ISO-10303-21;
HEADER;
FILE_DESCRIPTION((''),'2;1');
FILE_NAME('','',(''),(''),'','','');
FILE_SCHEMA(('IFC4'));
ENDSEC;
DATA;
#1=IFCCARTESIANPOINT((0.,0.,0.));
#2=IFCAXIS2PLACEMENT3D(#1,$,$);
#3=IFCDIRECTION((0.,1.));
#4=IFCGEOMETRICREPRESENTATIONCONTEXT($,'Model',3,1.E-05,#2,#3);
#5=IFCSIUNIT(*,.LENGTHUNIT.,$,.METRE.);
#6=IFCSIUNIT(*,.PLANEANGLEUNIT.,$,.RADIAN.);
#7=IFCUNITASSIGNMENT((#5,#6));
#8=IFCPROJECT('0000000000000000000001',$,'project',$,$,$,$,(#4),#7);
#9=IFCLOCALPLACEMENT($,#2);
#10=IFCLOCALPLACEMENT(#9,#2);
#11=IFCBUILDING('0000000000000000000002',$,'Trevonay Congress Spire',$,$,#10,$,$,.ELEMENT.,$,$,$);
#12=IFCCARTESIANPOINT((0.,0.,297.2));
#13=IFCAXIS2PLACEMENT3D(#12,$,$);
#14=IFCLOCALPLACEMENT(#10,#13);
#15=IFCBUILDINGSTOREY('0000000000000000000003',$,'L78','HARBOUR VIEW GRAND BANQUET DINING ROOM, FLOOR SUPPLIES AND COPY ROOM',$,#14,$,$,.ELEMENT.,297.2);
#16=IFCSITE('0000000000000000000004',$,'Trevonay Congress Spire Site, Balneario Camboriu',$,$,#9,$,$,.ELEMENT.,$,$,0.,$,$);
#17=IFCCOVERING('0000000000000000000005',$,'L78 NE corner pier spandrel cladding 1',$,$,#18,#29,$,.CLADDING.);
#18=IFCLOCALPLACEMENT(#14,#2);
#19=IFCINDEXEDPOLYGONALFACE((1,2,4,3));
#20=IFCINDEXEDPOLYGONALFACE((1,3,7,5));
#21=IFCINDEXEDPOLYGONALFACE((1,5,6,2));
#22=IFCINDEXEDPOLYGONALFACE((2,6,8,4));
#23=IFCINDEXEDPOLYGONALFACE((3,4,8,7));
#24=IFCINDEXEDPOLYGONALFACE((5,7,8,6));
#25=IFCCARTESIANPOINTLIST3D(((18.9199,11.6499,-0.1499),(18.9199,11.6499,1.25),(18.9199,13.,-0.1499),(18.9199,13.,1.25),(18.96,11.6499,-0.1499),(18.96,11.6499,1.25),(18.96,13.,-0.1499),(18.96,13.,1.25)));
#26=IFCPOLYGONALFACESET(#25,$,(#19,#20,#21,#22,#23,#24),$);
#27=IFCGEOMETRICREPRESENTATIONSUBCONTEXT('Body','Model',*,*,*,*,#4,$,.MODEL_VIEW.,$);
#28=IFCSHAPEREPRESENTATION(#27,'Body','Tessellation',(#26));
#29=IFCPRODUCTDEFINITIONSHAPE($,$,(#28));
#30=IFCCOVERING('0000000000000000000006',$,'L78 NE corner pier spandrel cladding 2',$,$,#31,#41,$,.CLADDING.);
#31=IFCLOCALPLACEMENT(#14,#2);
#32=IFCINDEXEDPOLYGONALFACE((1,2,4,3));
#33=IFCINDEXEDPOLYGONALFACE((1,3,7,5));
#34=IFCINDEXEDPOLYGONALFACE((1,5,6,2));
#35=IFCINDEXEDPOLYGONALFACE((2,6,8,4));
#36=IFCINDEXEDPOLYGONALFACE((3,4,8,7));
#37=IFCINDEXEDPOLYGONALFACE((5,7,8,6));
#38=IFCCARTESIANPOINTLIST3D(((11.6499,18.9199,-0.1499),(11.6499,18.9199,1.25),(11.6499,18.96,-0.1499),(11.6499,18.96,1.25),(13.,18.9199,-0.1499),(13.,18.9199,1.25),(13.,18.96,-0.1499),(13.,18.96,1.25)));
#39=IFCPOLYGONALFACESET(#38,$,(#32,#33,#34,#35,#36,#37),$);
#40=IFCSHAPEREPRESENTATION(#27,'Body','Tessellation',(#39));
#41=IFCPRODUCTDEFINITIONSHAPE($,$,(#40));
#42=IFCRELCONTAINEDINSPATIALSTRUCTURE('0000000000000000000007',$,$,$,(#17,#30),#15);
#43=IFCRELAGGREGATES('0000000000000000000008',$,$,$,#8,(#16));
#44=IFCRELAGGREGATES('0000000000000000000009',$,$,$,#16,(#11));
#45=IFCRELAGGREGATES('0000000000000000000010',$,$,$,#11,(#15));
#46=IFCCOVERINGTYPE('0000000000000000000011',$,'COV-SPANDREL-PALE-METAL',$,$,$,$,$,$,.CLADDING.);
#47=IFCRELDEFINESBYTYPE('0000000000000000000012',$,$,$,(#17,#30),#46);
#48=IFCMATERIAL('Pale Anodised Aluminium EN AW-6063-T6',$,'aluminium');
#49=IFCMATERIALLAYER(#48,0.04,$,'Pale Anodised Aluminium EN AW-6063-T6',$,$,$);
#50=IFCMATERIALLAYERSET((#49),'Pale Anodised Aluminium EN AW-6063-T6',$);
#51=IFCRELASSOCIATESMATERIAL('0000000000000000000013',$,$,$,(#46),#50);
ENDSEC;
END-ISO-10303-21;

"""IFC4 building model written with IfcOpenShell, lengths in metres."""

from ifc_helpers import new_model, si_unit, direction, frame, frame_2d, origin, place, context, subcontext, project, spatial, rectangle, extrude, material, layer, layer_set, type_object, element, save


model = new_model("IFC4")

# Units and contexts
model_context = context("Model", 3, precision=1e-05, world=origin(), true_north=direction((0.0, 1.0)))
body_context = subcontext(model_context, "Body", "Model", "MODEL_VIEW")
ifc_project = project(units=[si_unit("LENGTHUNIT", "METRE"), si_unit("PLANEANGLEUNIT", "RADIAN")], contexts=[model_context])

# Site, building, storey
site_placement = place(None, origin())
site = spatial("IfcSite", under=ifc_project, at=site_placement, Name="Trevonay Congress Spire Site, Balneario Camboriu", CompositionType="ELEMENT", RefElevation=0.0)
building_placement = place(site_placement, origin())
building = spatial("IfcBuilding", under=site, at=building_placement, Name="Trevonay Congress Spire", CompositionType="ELEMENT")
storey_placement = place(building_placement, frame((0.0, 0.0, 297.2)))
storey = spatial("IfcBuildingStorey", under=building, at=storey_placement, Name="L78", Description="HARBOUR VIEW GRAND BANQUET DINING ROOM, FLOOR SUPPLIES AND COPY ROOM", CompositionType="ELEMENT", Elevation=297.2)

# Shared definitions
ifc_material_1 = material(Name="Pale Anodised Aluminium EN AW-6063-T6", Category="aluminium")

# Coverings
ifc_layer_1 = layer(ifc_material_1, 0.04, Name="Pale Anodised Aluminium EN AW-6063-T6")
ifc_layer_set_1 = layer_set([ifc_layer_1], Name="Pale Anodised Aluminium EN AW-6063-T6")
covering_type = type_object("IfcCoveringType", Name="COV-SPANDREL-PALE-METAL", PredefinedType="CLADDING", material=ifc_layer_set_1)
for number, where, z_axis, x_axis, name in (
    (1, (18.9399, 11.6499, -0.1499), (0.0, 0.0, 1.0), (0.0, 1.0, 0.0), "L78 NE corner pier spandrel cladding 1"),
    (2, (11.6499, 18.9399, -0.1499), (0.0, 0.0, 1.0), (1.0, 0.0, 0.0), "L78 NE corner pier spandrel cladding 2"),
):
    element("IfcCovering", number, at=place(storey_placement, frame(where, z_axis=z_axis, x_axis=x_axis)), inside=storey, type_object=covering_type, Name=name, PredefinedType="CLADDING", context=body_context, shape_type="SweptSolid", body=[
        extrude(rectangle(XDim=1.3501, YDim=0.04, at=frame_2d((0.675, 0.0))), origin(), (0.0, 0.0, 1.0), 1.3999),
    ])

save(model, "model.ifc")
